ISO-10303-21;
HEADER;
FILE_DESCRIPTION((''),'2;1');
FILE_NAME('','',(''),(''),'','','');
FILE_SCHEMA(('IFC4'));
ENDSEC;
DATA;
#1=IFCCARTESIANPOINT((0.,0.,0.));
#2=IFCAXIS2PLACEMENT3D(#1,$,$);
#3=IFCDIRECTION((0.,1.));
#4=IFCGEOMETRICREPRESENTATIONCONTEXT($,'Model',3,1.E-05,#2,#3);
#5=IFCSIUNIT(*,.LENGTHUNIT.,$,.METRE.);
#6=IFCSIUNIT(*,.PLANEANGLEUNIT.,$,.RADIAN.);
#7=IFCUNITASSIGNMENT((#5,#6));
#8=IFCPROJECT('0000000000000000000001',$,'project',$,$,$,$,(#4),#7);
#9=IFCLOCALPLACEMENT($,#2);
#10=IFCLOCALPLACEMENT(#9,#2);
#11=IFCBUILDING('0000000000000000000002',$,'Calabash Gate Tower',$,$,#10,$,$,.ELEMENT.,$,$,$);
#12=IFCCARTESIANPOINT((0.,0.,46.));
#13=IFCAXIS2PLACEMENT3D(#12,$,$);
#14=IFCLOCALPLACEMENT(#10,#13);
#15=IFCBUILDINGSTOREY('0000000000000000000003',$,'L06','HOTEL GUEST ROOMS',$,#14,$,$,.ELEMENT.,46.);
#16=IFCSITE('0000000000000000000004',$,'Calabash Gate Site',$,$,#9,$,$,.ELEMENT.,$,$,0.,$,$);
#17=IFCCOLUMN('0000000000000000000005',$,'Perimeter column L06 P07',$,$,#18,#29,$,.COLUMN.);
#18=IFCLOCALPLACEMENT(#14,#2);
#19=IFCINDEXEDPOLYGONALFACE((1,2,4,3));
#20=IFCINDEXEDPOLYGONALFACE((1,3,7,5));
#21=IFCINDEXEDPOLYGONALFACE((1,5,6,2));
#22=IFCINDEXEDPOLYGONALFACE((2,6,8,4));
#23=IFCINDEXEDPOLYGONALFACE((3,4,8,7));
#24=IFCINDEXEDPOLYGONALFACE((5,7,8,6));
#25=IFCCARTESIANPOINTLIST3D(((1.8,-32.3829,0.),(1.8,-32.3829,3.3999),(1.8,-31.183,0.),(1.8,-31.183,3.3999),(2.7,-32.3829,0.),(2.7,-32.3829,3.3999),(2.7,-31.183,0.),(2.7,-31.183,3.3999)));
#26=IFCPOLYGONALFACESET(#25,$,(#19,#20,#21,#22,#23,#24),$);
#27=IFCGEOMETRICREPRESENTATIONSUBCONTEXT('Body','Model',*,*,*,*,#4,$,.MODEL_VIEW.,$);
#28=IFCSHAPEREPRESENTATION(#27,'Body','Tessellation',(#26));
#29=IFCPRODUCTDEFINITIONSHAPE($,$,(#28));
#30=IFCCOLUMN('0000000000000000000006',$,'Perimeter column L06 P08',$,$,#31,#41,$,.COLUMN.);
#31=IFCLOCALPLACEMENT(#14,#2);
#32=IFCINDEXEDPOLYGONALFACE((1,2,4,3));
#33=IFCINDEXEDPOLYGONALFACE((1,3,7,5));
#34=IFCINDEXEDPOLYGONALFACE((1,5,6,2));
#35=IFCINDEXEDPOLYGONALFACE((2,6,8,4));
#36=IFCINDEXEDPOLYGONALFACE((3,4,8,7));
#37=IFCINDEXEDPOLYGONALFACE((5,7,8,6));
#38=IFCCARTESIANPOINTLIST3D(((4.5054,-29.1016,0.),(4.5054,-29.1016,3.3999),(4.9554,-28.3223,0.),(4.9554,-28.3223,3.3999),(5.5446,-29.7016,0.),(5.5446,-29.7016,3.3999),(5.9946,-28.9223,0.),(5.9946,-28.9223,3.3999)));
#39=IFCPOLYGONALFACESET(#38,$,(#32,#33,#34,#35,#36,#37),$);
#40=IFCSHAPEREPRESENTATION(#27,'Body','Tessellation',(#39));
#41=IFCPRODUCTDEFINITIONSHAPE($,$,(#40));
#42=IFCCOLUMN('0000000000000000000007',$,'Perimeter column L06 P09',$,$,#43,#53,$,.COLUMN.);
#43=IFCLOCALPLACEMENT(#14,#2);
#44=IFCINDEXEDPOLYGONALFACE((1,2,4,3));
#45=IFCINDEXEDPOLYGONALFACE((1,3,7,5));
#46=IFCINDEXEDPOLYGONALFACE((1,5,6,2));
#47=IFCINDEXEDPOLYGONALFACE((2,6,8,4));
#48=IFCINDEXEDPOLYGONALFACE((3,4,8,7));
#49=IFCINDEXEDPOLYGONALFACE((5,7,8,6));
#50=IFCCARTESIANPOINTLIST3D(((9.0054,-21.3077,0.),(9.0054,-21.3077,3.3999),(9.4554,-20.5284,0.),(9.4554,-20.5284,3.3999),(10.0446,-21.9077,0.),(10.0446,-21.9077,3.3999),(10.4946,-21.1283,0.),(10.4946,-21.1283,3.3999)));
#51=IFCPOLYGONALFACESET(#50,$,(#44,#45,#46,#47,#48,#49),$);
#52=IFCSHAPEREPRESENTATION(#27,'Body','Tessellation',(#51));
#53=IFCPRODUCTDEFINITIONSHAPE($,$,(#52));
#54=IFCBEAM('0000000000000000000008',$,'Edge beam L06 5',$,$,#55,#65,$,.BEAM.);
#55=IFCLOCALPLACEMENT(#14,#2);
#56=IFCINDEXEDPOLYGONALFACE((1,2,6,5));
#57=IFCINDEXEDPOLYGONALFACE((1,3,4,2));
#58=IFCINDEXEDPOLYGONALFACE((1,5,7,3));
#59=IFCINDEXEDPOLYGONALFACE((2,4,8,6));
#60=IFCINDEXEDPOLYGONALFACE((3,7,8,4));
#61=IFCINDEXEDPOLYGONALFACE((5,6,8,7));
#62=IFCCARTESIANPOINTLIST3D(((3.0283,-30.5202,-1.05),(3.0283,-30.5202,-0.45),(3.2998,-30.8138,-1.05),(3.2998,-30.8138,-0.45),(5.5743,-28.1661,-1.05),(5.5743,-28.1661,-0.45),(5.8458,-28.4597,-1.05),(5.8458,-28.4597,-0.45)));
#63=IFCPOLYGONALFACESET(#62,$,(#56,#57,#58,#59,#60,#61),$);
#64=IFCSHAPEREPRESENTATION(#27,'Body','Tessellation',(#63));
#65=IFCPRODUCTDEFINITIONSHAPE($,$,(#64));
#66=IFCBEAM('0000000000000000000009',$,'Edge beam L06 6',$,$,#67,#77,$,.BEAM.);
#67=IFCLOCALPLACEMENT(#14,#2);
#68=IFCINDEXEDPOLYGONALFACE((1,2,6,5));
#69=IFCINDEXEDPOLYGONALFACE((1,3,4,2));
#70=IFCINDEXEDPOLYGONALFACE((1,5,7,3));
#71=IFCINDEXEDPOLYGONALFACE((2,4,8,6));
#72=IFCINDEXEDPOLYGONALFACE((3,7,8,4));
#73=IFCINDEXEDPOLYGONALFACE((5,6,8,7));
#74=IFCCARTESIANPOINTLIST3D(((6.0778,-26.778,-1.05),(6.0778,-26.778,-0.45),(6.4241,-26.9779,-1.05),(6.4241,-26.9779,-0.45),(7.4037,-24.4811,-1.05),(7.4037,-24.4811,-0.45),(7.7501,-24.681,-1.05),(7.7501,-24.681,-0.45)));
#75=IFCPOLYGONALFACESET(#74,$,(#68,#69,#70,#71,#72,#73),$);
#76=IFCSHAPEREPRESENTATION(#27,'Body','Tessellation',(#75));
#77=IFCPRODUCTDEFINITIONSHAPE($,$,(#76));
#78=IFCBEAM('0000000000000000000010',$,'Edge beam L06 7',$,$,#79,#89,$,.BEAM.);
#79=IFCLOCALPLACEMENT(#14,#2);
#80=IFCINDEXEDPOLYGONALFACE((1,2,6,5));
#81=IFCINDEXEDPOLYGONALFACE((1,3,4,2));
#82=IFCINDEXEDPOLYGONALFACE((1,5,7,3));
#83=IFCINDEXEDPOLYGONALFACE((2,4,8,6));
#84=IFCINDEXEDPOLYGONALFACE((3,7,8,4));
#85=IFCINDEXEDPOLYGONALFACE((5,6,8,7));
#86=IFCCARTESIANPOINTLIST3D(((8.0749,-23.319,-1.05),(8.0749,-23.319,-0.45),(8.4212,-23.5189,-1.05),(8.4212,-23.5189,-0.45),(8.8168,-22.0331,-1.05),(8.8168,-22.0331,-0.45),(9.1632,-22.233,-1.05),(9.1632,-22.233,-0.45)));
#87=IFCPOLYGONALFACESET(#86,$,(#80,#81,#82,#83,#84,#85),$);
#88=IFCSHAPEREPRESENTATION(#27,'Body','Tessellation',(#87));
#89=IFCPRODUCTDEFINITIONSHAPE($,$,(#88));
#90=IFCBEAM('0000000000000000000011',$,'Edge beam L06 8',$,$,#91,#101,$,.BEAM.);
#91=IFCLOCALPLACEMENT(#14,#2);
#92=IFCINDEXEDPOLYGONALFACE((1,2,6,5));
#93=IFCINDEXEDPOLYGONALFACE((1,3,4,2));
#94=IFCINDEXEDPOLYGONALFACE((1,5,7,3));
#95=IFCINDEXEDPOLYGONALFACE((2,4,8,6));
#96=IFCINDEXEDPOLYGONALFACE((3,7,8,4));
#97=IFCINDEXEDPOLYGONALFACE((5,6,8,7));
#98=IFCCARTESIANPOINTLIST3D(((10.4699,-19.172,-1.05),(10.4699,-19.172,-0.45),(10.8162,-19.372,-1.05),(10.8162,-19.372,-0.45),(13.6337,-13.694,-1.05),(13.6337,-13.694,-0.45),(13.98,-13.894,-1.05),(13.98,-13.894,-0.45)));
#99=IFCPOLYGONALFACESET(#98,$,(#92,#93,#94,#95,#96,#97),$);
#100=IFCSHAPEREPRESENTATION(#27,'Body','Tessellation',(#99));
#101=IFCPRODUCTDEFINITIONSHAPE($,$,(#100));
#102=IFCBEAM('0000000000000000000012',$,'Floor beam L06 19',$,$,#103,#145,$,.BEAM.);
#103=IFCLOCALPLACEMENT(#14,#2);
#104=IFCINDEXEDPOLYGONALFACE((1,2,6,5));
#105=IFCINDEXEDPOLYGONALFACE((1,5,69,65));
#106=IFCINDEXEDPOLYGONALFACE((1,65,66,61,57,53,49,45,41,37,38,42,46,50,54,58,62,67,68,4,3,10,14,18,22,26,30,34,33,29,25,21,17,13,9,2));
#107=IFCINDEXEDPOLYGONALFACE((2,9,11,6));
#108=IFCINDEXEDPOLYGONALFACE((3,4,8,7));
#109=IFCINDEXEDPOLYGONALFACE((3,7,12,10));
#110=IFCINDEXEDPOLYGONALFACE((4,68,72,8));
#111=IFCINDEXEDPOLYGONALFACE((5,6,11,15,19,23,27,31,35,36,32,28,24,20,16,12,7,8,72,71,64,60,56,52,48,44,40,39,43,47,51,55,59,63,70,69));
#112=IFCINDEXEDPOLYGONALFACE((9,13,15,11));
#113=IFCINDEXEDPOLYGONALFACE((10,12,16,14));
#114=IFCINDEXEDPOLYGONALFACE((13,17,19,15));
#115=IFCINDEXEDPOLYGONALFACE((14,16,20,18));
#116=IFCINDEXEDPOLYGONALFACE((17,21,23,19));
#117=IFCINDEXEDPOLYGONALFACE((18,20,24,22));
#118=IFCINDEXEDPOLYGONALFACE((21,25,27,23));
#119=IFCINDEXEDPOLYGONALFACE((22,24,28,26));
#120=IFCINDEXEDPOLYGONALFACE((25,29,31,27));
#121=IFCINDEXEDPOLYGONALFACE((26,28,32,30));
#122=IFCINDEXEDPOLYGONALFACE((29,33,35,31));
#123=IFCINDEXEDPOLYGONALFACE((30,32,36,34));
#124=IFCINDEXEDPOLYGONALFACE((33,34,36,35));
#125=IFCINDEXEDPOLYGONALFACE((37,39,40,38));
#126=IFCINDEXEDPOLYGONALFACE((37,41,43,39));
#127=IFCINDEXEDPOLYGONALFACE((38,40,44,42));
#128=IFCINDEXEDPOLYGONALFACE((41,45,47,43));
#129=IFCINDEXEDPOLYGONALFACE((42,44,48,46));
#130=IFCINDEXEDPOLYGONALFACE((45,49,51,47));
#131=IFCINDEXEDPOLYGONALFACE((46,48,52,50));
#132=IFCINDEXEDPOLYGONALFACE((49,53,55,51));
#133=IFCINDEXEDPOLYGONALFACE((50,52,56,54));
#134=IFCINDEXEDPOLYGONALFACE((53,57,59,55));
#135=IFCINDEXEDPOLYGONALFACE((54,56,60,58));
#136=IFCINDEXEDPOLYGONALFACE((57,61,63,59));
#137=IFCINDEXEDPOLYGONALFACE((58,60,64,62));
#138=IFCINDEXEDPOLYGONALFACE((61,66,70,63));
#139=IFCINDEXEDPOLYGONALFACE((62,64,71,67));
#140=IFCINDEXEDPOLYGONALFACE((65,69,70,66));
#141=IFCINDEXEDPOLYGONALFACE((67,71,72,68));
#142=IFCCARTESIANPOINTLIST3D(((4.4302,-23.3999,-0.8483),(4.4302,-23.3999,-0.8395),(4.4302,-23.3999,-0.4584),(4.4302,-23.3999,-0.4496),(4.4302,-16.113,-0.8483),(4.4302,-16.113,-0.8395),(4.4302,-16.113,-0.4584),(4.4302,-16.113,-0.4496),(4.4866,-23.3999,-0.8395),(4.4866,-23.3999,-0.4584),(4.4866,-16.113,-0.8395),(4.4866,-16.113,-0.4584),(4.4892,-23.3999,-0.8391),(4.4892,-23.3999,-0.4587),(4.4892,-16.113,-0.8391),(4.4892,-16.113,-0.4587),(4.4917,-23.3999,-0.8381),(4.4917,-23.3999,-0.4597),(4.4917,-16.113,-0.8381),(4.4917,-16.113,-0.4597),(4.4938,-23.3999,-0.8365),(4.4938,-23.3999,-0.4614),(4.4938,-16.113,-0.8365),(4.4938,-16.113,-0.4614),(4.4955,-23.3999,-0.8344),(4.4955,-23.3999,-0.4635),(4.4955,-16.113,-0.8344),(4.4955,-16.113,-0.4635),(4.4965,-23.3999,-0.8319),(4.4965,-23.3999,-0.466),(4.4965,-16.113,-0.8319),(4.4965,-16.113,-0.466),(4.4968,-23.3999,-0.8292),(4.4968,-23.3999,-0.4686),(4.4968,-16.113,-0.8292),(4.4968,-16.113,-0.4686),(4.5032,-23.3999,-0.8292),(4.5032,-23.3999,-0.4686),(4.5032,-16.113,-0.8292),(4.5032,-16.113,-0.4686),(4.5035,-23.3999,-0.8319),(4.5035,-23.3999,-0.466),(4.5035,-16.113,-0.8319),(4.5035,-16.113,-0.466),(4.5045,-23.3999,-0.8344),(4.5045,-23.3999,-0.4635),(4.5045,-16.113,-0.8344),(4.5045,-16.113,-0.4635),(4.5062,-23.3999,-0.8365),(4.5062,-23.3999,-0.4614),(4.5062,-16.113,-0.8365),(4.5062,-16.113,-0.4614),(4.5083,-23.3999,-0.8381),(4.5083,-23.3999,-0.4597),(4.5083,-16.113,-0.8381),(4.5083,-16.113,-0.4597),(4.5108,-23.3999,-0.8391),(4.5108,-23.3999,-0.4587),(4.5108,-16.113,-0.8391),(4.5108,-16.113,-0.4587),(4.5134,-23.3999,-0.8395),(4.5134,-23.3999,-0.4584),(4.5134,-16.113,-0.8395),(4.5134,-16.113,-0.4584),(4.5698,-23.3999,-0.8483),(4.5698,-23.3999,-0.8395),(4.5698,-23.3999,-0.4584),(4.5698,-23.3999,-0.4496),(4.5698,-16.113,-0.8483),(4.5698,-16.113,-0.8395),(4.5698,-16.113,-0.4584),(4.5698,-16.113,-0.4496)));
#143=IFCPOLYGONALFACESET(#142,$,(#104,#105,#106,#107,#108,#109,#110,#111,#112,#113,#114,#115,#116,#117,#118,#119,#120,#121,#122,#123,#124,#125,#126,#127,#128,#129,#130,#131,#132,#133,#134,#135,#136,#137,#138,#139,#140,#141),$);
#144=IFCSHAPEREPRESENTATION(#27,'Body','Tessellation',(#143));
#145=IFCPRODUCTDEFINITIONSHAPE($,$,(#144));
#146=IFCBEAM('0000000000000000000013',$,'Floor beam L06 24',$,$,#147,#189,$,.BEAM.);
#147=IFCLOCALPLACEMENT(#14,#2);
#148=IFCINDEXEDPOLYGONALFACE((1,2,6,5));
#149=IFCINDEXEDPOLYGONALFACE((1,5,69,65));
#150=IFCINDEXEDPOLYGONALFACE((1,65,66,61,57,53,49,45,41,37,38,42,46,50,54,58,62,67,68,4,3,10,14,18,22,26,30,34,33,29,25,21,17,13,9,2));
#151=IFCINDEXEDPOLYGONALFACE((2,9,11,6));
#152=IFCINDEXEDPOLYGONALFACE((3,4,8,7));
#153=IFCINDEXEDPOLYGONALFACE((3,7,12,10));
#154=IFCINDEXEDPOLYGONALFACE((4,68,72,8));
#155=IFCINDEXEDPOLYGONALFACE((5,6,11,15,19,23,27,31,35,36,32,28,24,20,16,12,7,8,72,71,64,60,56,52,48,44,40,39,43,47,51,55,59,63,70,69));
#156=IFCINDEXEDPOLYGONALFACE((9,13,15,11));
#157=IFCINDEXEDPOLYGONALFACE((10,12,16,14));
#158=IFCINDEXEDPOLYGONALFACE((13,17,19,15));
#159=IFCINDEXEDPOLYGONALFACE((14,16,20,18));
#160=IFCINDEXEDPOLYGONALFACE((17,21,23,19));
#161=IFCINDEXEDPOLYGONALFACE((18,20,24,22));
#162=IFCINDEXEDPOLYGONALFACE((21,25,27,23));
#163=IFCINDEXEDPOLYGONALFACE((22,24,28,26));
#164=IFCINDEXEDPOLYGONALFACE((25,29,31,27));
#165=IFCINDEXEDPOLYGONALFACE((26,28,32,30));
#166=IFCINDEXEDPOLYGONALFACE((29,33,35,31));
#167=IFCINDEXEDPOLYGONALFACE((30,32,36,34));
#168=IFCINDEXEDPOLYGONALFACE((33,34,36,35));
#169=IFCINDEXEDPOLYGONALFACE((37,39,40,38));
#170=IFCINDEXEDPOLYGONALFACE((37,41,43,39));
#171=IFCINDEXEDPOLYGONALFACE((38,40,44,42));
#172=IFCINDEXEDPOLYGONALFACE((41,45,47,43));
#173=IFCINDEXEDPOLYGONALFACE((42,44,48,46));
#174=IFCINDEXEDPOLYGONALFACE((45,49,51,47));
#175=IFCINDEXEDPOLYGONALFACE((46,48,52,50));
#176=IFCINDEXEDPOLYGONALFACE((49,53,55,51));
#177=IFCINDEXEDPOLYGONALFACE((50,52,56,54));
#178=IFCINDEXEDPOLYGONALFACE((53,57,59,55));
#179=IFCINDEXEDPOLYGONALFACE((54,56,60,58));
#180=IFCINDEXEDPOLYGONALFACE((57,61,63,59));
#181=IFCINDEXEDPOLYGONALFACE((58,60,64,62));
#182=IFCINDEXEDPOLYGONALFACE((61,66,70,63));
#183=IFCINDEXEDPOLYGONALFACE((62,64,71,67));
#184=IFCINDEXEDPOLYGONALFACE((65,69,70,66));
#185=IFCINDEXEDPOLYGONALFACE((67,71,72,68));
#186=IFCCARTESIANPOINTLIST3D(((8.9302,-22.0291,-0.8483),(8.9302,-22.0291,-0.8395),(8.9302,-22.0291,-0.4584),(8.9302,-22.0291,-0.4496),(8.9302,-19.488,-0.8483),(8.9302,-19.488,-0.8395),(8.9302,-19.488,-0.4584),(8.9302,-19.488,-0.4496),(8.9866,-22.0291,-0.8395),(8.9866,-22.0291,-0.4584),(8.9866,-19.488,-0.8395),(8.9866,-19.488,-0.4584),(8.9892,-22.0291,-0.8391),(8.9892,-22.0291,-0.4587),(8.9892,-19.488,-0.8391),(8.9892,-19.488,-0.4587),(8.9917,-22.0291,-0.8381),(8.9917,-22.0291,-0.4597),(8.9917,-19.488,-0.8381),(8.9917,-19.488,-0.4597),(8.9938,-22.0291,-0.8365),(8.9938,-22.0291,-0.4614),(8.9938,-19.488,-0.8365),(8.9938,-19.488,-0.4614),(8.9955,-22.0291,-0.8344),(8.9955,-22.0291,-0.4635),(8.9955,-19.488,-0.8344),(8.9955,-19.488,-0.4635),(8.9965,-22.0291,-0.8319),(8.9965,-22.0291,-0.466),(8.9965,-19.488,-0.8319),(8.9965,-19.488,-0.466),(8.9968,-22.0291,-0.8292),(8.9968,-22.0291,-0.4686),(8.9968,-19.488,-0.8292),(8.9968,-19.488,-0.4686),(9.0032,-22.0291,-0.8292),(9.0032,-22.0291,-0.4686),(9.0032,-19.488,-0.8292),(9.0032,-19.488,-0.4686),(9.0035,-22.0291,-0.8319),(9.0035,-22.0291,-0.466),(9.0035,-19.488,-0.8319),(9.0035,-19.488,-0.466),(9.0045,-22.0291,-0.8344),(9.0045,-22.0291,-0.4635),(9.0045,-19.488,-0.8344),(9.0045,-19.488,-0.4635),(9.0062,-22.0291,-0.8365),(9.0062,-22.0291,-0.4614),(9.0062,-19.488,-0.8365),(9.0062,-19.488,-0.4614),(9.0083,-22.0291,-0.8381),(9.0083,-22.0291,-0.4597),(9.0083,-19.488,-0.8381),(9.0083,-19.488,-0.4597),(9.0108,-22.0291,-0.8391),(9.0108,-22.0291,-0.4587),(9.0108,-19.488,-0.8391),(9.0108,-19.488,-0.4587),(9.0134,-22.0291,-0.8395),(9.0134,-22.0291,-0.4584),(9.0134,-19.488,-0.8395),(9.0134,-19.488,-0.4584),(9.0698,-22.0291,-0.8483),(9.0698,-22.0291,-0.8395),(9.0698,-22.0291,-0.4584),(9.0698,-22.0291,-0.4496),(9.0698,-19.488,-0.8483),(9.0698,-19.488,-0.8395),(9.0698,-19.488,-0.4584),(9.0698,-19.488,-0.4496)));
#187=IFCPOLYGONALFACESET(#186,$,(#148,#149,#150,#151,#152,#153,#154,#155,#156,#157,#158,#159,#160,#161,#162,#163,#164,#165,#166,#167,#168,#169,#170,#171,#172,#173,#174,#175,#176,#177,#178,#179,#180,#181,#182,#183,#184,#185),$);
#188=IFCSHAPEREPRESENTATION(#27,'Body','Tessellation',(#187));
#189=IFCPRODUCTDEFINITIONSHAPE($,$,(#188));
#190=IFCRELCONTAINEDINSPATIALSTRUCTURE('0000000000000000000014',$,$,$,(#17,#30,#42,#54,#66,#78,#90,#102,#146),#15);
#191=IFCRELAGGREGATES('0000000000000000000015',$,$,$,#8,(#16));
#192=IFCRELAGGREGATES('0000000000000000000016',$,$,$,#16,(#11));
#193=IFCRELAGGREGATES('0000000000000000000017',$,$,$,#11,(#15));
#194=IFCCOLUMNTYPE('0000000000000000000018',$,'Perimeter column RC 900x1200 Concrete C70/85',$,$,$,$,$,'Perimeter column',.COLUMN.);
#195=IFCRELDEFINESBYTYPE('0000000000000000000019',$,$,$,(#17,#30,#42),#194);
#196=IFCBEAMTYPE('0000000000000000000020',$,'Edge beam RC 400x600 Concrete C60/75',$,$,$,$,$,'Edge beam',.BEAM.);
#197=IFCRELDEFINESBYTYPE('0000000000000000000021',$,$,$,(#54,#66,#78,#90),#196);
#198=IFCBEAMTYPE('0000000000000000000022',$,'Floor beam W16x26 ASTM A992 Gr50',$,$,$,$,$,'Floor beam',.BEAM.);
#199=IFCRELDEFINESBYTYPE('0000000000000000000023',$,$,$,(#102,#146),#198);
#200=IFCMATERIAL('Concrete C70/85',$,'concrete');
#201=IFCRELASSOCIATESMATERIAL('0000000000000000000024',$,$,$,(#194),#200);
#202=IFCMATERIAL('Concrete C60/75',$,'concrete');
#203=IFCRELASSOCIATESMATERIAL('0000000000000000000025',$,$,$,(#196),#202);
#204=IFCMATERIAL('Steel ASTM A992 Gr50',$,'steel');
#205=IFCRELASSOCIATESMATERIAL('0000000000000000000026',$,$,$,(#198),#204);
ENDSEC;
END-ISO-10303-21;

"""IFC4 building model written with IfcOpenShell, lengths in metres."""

from ifc_helpers import new_model, si_unit, direction, frame, origin, origin_2d, place, context, subcontext, project, spatial, rectangle, i_section, extrude, material, material_profile, profile_set, type_object, element, save


model = new_model("IFC4")

# Units and contexts
model_context = context("Model", 3, precision=1e-05, world=origin(), true_north=direction((0.0, 1.0)))
body_context = subcontext(model_context, "Body", "Model", "MODEL_VIEW")
ifc_project = project(units=[si_unit("LENGTHUNIT", "METRE"), si_unit("PLANEANGLEUNIT", "RADIAN")], contexts=[model_context])

# Site, building, storey
site_placement = place(None, origin())
site = spatial("IfcSite", under=ifc_project, at=site_placement, Name="Calabash Gate Site", CompositionType="ELEMENT", RefElevation=0.0)
building_placement = place(site_placement, origin())
building = spatial("IfcBuilding", under=site, at=building_placement, Name="Calabash Gate Tower", CompositionType="ELEMENT")
storey_placement = place(building_placement, frame((0.0, 0.0, 46.0)))
storey = spatial("IfcBuildingStorey", under=building, at=storey_placement, Name="L06", Description="HOTEL GUEST ROOMS", CompositionType="ELEMENT", Elevation=46.0)

# Columns
ifc_material_1 = material(Name="Concrete C70/85", Category="concrete")
ifc_material_profile_1 = material_profile(ifc_material_1, rectangle(XDim=0.8999, YDim=1.2, at=origin_2d()))
ifc_profile_set_1 = profile_set([ifc_material_profile_1], Name="Concrete C70/85")
column_type = type_object("IfcColumnType", Name="Perimeter column RC 900x1200 Concrete C70/85", ElementType="Perimeter column", PredefinedType="COLUMN", material=ifc_profile_set_1)
for number, where, z_axis, x_axis, name in (
    (1, (2.25, -31.783, 0.0), (0.0, 0.0, 1.0), (1.0, 0.0, 0.0), "Perimeter column L06 P07"),
    (2, (5.25, -29.012, 0.0), (0.0, 0.0, 1.0), (0.5, 0.866025, 0.0), "Perimeter column L06 P08"),
    (3, (9.75, -21.218, 0.0), (0.0, 0.0, 1.0), (0.5, 0.866025, 0.0), "Perimeter column L06 P09"),
):
    element("IfcColumn", number, at=place(storey_placement, frame(where, z_axis=z_axis, x_axis=x_axis)), inside=storey, type_object=column_type, Name=name, PredefinedType="COLUMN", context=body_context, shape_type="SweptSolid", body=[
        extrude(rectangle(XDim=0.8999, YDim=1.2, at=origin_2d()), origin(), (0.0, 0.0, 1.0), 3.3999),
    ])

# Beams
ifc_material_2 = material(Name="Concrete C60/75", Category="concrete")
ifc_material_profile_2 = material_profile(ifc_material_2, rectangle(XDim=0.3999, YDim=0.6001, at=origin_2d()))
ifc_profile_set_2 = profile_set([ifc_material_profile_2], Name="Concrete C60/75")
beam_type_1 = type_object("IfcBeamType", Name="Edge beam RC 400x600 Concrete C60/75", ElementType="Edge beam", PredefinedType="BEAM", material=ifc_profile_set_2)
beam_1_placement = place(storey_placement, frame((3.1641, -30.667, -0.75), z_axis=(0.734236, 0.678894, 0.0), x_axis=(-0.678894, 0.734236, 0.0)))
element("IfcBeam", 4, at=beam_1_placement, inside=storey, type_object=beam_type_1, Name="Edge beam L06 5", PredefinedType="BEAM", context=body_context, shape_type="SweptSolid", body=[
    extrude(rectangle(XDim=0.3999, YDim=0.6001, at=origin_2d()), origin(), (0.0, 0.0, 1.0), 3.4675),
])
beam_2_placement = place(storey_placement, frame((6.251, -26.8779, -0.75), z_axis=(0.499951, 0.866054, 0.0), x_axis=(-0.866054, 0.499951, 0.0)))
element("IfcBeam", 5, at=beam_2_placement, inside=storey, type_object=beam_type_1, Name="Edge beam L06 6", PredefinedType="BEAM", context=body_context, shape_type="SweptSolid", body=[
    extrude(rectangle(XDim=0.3999, YDim=0.6001, at=origin_2d()), origin(), (0.0, 0.0, 1.0), 2.6521),
])
beam_3_placement = place(storey_placement, frame((8.248, -23.4189, -0.75), z_axis=(0.499765, 0.866161, 0.0), x_axis=(-0.866161, 0.499765, 0.0)))
element("IfcBeam", 6, at=beam_3_placement, inside=storey, type_object=beam_type_1, Name="Edge beam L06 7", PredefinedType="BEAM", context=body_context, shape_type="SweptSolid", body=[
    extrude(rectangle(XDim=0.3999, YDim=0.6001, at=origin_2d()), origin(), (0.0, 0.0, 1.0), 1.4846),
])
beam_4_placement = place(storey_placement, frame((10.6431, -19.272, -0.75), z_axis=(0.500128, 0.865952, 0.0), x_axis=(-0.865952, 0.500128, 0.0)))
element("IfcBeam", 7, at=beam_4_placement, inside=storey, type_object=beam_type_1, Name="Edge beam L06 8", PredefinedType="BEAM", context=body_context, shape_type="SweptSolid", body=[
    extrude(rectangle(XDim=0.3999, YDim=0.6001, at=origin_2d()), origin(), (0.0, 0.0, 1.0), 6.3259),
])
ifc_material_3 = material(Name="Steel ASTM A992 Gr50", Category="steel")
ifc_material_profile_3 = material_profile(ifc_material_3, i_section(OverallWidth=0.1396, OverallDepth=0.3987, WebThickness=0.0063, FlangeThickness=0.0088, FilletRadius=0.0103, at=origin_2d()))
ifc_profile_set_3 = profile_set([ifc_material_profile_3], Name="Steel ASTM A992 Gr50")
beam_type_2 = type_object("IfcBeamType", Name="Floor beam W16x26 ASTM A992 Gr50", ElementType="Floor beam", PredefinedType="BEAM", material=ifc_profile_set_3)
beam_5_placement = place(storey_placement, frame((4.5, -23.3999, -0.6489), z_axis=(0.0, 1.0, 0.0), x_axis=(-1.0, 0.0, 0.0)))
element("IfcBeam", 8, at=beam_5_placement, inside=storey, type_object=beam_type_2, Name="Floor beam L06 19", PredefinedType="BEAM", context=body_context, shape_type="SweptSolid", body=[
    extrude(i_section(OverallWidth=0.1396, OverallDepth=0.3987, WebThickness=0.0063, FlangeThickness=0.0088, FilletRadius=0.0103, at=origin_2d()), origin(), (0.0, 0.0, 1.0), 7.2869),
])
beam_6_placement = place(storey_placement, frame((9.0, -22.0291, -0.6489), z_axis=(0.0, 1.0, 0.0), x_axis=(-1.0, 0.0, 0.0)))
element("IfcBeam", 9, at=beam_6_placement, inside=storey, type_object=beam_type_2, Name="Floor beam L06 24", PredefinedType="BEAM", context=body_context, shape_type="SweptSolid", body=[
    extrude(i_section(OverallWidth=0.1396, OverallDepth=0.3987, WebThickness=0.0063, FlangeThickness=0.0088, FilletRadius=0.0103, at=origin_2d()), origin(), (0.0, 0.0, 1.0), 2.541),
])

save(model, "model.ifc")
